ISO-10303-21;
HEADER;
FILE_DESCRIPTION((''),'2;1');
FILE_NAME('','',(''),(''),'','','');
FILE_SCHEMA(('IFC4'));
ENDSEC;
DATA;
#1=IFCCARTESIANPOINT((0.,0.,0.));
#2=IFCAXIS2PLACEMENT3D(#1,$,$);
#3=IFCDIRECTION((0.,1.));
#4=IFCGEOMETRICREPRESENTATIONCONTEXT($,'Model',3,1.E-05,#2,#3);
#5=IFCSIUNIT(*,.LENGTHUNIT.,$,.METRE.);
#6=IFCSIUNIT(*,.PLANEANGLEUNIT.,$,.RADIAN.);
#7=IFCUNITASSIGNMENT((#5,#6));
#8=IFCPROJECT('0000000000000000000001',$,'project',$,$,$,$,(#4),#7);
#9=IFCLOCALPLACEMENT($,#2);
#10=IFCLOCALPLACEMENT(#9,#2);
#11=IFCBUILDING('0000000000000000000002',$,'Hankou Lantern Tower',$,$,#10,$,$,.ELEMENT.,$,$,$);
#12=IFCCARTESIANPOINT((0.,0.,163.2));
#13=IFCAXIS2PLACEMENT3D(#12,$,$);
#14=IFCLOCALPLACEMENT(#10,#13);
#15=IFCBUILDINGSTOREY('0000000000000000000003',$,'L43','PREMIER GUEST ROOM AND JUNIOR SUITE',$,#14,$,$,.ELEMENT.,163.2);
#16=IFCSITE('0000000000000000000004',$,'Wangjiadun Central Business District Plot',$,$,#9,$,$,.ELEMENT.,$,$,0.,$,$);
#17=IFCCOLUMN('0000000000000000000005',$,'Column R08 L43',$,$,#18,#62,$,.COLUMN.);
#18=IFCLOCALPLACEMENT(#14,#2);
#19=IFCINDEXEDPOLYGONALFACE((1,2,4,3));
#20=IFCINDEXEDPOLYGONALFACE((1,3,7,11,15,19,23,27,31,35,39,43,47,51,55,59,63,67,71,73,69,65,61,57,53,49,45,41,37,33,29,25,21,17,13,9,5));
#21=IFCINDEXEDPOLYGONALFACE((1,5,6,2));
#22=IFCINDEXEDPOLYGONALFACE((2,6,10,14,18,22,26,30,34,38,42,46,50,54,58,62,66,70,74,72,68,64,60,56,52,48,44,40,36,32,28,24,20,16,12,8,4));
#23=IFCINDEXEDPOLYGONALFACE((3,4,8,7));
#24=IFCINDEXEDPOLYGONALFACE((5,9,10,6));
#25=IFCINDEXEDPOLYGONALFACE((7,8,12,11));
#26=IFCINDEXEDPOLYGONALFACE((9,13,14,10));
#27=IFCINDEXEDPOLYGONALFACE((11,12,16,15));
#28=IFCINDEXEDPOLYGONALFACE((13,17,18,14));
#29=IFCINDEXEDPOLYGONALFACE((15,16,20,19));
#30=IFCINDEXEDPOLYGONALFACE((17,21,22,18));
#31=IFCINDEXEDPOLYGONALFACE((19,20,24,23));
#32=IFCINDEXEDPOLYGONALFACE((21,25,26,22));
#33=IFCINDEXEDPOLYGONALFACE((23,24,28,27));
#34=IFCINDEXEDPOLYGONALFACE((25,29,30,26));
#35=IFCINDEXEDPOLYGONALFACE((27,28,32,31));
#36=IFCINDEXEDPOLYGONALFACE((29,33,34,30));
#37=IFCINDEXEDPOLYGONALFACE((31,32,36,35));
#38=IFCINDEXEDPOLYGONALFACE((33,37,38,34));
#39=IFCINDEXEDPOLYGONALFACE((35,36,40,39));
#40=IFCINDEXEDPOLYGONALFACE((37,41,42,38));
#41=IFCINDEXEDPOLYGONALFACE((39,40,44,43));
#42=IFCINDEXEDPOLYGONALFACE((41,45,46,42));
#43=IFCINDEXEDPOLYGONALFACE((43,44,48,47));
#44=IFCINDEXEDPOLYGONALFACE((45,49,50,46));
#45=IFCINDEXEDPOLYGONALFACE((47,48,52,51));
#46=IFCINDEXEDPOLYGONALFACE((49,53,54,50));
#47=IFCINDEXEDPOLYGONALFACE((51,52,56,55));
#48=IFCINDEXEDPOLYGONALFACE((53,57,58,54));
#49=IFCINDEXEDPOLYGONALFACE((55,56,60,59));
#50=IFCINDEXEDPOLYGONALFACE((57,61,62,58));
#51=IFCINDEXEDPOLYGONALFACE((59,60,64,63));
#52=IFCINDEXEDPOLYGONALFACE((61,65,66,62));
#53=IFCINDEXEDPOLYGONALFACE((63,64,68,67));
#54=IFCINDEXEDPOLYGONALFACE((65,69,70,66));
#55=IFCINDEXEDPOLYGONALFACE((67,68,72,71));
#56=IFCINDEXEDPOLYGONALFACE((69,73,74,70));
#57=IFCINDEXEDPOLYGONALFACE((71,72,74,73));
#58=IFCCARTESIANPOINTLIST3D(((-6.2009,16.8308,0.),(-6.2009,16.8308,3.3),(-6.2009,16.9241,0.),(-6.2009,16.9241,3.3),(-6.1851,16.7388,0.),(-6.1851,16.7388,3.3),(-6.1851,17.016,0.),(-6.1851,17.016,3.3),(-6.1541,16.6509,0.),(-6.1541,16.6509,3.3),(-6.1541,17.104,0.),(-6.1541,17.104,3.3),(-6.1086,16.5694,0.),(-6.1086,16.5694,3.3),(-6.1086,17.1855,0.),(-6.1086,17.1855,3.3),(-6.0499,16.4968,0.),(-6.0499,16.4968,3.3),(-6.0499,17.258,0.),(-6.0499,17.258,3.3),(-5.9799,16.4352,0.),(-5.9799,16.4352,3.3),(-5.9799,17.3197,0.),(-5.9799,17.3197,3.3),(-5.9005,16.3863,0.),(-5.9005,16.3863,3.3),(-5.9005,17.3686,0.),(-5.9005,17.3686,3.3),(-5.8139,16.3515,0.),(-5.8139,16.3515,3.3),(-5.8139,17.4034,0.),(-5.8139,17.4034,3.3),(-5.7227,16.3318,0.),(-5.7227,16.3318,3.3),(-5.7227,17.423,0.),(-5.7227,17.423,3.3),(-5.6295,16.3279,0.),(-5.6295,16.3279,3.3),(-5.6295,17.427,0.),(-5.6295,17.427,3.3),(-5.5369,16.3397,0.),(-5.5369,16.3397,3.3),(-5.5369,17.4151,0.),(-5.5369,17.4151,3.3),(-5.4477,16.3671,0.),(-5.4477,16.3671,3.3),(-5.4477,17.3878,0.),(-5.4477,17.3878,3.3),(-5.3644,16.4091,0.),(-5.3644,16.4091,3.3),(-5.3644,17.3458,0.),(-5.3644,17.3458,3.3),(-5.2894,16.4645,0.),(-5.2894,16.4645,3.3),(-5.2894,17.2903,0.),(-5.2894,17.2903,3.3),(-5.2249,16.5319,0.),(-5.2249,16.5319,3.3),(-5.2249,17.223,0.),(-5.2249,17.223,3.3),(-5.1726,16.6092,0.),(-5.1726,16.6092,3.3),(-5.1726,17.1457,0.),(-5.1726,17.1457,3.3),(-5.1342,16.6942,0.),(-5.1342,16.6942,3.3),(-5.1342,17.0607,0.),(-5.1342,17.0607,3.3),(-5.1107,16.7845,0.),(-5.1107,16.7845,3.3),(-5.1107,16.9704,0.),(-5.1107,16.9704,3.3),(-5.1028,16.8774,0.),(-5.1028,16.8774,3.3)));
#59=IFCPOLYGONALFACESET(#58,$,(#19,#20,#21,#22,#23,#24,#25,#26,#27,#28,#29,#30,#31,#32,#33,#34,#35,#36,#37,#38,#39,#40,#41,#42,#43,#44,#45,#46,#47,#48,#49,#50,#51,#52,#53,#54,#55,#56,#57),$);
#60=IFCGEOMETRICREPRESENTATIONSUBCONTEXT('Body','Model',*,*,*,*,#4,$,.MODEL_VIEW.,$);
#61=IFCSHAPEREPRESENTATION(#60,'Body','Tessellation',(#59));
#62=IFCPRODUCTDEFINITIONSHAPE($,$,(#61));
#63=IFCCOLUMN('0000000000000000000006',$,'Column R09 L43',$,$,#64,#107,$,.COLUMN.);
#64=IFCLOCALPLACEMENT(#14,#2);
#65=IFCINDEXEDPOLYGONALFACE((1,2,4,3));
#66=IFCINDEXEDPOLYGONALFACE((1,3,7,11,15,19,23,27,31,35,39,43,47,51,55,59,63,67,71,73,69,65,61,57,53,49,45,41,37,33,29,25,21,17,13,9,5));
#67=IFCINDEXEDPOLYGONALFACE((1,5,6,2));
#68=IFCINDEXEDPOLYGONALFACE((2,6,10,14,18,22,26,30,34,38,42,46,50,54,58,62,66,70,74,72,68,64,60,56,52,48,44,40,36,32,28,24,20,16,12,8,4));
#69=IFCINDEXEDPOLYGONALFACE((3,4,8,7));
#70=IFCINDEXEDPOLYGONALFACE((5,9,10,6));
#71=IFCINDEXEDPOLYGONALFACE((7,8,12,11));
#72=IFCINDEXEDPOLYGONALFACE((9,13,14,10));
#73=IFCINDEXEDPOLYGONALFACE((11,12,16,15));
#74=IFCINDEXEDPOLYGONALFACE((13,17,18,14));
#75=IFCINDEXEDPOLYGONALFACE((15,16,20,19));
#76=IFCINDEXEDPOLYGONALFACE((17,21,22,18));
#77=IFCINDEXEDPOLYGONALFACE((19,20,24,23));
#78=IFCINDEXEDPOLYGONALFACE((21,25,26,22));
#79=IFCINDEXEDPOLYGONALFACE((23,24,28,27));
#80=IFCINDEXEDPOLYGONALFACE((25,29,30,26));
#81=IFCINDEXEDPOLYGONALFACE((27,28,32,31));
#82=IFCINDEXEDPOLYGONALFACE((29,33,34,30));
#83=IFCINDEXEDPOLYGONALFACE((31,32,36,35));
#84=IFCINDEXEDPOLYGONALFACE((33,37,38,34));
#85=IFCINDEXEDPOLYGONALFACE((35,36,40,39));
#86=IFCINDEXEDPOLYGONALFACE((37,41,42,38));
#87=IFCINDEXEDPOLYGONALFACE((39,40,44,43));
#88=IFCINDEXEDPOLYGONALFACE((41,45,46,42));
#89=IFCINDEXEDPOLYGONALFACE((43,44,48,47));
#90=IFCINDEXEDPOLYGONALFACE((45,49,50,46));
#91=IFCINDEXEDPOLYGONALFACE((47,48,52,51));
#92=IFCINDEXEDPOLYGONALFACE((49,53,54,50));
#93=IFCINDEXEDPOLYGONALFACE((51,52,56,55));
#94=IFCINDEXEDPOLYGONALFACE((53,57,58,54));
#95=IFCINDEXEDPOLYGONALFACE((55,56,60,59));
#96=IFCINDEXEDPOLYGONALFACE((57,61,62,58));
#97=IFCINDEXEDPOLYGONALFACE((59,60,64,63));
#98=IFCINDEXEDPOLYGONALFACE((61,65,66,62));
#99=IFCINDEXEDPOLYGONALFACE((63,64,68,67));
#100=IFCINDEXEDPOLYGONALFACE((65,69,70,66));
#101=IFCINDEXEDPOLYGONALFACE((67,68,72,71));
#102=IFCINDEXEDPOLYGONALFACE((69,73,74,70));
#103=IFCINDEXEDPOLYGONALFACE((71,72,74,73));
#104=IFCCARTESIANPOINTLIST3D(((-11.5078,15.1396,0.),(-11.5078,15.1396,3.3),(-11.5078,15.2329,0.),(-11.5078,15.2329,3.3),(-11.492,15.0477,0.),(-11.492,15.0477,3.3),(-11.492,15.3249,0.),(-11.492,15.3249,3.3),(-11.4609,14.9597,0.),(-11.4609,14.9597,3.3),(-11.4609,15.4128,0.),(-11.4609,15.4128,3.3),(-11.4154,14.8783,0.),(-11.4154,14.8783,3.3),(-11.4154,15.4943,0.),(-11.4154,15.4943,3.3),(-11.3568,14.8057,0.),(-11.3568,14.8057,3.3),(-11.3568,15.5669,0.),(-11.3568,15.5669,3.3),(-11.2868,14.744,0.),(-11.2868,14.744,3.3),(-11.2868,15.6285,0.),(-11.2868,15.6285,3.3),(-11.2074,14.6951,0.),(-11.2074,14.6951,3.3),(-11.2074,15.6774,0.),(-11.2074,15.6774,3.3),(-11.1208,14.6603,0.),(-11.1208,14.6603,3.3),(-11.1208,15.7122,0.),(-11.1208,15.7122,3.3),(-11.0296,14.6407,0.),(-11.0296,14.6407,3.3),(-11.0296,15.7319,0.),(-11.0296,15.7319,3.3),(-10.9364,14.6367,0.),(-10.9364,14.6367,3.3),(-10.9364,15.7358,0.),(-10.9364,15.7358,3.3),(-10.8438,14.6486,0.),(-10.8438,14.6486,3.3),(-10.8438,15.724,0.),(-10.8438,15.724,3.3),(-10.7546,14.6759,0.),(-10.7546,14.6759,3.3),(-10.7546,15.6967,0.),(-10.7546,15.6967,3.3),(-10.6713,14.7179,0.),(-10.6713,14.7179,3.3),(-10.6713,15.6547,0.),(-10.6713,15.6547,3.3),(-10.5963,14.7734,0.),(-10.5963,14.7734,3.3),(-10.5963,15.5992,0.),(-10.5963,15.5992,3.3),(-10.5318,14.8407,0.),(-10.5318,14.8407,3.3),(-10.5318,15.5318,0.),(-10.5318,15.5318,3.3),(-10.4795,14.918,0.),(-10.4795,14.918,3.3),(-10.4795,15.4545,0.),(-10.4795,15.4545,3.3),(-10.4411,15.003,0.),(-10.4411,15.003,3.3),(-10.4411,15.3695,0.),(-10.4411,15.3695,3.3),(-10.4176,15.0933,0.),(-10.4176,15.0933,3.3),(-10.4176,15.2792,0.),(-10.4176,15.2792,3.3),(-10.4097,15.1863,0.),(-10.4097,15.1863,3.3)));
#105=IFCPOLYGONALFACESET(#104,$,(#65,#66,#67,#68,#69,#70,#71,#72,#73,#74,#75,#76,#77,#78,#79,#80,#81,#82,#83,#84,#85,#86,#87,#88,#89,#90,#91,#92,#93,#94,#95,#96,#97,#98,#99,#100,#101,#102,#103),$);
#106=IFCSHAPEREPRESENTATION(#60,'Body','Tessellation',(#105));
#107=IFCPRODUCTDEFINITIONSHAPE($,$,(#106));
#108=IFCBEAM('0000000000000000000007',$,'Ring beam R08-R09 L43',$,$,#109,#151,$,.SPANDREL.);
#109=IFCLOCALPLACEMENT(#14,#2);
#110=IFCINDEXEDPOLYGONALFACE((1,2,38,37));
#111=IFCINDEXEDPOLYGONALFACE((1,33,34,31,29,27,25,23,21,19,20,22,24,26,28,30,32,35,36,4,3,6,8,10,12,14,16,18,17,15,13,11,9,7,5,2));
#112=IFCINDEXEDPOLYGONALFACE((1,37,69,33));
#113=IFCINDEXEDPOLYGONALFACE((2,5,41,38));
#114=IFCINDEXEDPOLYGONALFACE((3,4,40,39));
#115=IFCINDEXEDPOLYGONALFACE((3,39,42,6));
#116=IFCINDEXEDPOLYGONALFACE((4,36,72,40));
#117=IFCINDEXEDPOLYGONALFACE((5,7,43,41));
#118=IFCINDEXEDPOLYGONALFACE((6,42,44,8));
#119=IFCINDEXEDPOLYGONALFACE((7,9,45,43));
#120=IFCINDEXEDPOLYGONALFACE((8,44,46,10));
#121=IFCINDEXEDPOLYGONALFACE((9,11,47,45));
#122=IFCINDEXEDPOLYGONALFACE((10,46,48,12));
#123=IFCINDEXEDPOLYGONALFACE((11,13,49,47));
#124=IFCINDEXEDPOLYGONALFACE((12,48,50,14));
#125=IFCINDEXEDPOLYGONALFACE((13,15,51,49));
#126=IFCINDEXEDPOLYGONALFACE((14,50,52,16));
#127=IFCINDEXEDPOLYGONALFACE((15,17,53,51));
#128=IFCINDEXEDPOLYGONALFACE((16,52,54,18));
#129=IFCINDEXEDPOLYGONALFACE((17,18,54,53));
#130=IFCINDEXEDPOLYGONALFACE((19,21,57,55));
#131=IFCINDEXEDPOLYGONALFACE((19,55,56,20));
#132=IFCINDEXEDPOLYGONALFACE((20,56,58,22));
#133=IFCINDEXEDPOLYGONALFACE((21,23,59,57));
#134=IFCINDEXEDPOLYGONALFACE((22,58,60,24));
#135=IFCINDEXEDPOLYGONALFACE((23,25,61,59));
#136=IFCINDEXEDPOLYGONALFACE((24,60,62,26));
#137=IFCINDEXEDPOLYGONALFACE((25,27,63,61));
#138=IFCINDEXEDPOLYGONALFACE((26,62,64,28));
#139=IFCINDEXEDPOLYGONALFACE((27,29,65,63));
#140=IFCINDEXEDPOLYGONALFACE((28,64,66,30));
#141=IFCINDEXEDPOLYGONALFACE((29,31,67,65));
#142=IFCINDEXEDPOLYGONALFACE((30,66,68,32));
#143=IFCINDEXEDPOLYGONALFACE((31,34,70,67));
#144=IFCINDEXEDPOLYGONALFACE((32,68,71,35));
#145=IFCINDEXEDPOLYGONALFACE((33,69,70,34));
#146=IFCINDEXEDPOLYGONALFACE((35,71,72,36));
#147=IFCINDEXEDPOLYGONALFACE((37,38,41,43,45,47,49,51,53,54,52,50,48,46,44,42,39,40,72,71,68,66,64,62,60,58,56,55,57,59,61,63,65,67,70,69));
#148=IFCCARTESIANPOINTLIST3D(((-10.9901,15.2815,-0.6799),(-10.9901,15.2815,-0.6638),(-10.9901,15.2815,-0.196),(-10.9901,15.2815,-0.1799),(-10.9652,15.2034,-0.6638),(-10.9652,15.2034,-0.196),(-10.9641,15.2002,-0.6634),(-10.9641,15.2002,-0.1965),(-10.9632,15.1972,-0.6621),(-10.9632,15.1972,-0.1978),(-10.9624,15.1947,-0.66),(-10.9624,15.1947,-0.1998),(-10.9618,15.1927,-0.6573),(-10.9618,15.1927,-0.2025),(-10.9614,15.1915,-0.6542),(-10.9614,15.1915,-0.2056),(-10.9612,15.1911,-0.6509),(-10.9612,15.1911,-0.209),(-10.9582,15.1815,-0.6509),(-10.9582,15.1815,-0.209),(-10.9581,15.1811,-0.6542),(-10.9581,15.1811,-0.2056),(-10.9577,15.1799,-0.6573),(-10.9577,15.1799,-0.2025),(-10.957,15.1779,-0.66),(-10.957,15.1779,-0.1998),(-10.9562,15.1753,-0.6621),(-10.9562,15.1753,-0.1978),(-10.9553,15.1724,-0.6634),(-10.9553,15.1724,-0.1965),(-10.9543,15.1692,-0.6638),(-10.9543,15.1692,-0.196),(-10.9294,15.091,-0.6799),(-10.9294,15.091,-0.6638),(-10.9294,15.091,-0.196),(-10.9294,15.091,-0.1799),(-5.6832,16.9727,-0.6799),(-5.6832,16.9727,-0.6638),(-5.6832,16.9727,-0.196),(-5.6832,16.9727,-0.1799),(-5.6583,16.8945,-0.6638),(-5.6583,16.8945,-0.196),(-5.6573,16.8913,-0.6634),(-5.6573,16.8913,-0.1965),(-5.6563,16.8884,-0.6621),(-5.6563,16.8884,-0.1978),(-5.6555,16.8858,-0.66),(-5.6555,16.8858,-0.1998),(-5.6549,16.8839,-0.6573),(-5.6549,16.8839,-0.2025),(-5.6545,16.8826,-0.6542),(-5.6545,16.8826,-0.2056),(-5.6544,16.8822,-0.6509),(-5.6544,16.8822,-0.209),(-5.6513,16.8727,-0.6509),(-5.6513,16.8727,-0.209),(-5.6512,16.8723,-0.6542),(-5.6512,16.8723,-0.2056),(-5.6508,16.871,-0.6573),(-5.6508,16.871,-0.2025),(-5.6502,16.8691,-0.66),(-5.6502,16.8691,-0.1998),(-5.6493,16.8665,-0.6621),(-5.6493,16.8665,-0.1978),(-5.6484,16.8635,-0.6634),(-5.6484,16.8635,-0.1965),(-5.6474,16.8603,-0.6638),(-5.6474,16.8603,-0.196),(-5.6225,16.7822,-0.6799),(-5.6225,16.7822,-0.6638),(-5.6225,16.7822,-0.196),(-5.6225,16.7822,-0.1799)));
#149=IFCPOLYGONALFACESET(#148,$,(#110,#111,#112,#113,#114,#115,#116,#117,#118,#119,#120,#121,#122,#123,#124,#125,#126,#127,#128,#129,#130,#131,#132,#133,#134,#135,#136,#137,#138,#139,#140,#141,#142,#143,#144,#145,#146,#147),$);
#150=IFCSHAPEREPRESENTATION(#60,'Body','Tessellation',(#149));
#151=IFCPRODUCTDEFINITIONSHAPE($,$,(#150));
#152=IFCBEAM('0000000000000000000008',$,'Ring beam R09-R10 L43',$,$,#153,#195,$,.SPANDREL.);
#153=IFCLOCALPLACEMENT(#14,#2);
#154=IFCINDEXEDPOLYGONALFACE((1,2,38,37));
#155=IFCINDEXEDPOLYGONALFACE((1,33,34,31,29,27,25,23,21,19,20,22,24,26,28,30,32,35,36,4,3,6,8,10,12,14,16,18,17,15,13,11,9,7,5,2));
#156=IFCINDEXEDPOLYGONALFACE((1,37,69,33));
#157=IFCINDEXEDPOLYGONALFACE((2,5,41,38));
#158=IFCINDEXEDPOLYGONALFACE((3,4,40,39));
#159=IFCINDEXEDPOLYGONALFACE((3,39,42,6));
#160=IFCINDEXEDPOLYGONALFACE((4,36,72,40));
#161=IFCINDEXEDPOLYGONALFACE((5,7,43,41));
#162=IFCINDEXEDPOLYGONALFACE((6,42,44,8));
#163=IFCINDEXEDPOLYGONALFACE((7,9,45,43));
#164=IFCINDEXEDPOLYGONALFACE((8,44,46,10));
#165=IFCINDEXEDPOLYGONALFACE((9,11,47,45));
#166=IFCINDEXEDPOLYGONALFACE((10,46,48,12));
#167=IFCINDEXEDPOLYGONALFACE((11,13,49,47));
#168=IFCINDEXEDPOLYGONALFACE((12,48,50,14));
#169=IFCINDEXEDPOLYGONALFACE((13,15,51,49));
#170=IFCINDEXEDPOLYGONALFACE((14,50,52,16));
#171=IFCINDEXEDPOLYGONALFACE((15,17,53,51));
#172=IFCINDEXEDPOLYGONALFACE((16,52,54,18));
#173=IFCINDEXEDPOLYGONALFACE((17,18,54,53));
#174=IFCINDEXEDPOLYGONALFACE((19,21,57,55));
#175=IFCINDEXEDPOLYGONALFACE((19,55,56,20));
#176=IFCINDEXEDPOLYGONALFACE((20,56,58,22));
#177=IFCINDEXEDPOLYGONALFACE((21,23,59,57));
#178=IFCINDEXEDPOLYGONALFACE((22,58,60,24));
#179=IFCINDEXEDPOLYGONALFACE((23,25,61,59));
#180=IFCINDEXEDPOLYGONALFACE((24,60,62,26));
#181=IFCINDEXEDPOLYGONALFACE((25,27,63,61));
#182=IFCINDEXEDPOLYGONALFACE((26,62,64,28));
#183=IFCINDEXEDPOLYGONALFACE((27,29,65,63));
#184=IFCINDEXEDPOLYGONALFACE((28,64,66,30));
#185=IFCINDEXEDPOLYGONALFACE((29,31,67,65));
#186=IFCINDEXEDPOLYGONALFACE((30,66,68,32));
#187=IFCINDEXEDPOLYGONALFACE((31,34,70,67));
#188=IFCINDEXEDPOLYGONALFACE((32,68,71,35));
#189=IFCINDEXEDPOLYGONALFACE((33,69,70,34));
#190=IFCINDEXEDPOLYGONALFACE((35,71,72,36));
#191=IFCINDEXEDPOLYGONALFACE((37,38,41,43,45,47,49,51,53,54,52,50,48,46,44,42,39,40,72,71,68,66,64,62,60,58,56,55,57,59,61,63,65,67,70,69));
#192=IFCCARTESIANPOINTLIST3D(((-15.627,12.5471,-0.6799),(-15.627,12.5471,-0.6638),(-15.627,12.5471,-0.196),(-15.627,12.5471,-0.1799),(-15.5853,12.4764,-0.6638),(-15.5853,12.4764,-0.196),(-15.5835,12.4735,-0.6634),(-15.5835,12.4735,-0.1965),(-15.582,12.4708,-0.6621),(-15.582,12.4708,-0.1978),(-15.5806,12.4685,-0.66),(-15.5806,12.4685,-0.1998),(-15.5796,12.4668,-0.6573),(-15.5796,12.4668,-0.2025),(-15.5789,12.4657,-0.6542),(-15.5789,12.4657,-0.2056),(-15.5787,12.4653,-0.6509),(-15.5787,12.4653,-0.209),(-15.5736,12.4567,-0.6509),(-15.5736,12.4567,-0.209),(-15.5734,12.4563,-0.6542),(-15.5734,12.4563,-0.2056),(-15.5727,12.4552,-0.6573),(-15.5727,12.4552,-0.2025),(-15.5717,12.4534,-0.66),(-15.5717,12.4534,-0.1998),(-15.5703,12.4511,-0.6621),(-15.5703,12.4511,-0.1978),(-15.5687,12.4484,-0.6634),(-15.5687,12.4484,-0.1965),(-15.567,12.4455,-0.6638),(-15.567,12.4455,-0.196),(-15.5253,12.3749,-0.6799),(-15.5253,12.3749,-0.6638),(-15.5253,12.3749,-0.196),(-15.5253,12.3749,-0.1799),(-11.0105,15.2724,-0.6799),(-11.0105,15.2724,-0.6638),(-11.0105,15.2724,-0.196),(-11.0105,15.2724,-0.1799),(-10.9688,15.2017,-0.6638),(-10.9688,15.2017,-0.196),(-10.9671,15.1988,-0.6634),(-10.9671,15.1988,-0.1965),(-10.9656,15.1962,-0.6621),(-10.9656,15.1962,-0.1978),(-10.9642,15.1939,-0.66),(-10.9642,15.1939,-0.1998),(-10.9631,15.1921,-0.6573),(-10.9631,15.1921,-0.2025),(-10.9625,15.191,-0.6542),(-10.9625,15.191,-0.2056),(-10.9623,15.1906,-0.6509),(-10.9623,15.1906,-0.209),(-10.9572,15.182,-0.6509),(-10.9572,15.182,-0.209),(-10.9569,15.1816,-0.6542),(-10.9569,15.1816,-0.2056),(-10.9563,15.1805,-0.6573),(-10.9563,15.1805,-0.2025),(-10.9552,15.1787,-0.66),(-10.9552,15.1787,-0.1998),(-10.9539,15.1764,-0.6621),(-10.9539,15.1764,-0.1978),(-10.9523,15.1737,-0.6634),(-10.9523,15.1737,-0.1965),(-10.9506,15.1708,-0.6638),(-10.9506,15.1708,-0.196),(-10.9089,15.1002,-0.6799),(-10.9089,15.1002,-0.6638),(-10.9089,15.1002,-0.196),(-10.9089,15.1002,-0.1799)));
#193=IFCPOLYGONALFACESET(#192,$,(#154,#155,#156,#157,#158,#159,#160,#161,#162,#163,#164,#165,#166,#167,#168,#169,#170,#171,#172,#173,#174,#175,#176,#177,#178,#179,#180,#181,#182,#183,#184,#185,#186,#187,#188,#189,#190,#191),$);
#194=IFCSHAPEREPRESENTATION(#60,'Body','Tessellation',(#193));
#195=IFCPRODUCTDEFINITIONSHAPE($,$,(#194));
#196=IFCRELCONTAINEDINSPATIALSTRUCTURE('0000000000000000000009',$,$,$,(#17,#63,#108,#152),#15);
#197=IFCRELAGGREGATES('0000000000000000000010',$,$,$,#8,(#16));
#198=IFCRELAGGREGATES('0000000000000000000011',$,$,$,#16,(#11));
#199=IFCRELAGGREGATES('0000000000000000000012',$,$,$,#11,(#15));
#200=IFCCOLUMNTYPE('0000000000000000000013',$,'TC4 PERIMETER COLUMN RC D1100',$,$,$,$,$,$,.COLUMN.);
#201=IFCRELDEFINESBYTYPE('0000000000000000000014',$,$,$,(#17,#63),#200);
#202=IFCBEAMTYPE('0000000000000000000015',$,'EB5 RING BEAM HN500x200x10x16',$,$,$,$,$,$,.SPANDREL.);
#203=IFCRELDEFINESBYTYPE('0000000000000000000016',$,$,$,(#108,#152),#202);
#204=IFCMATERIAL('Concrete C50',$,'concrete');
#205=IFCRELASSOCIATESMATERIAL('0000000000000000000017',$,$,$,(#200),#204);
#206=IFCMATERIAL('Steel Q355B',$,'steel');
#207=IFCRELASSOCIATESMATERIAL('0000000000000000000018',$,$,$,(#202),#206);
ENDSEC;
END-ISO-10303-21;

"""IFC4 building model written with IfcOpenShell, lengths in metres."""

from ifc_helpers import new_model, si_unit, direction, frame, origin, origin_2d, place, context, subcontext, project, spatial, circle, i_section, extrude, material, material_profile, profile_set, type_object, element, save


model = new_model("IFC4")

# Units and contexts
model_context = context("Model", 3, precision=1e-05, world=origin(), true_north=direction((0.0, 1.0)))
body_context = subcontext(model_context, "Body", "Model", "MODEL_VIEW")
ifc_project = project(units=[si_unit("LENGTHUNIT", "METRE"), si_unit("PLANEANGLEUNIT", "RADIAN")], contexts=[model_context])

# Site, building, storey
site_placement = place(None, origin())
site = spatial("IfcSite", under=ifc_project, at=site_placement, Name="Wangjiadun Central Business District Plot", CompositionType="ELEMENT", RefElevation=0.0)
building_placement = place(site_placement, origin())
building = spatial("IfcBuilding", under=site, at=building_placement, Name="Hankou Lantern Tower", CompositionType="ELEMENT")
storey_placement = place(building_placement, frame((0.0, 0.0, 163.2)))
storey = spatial("IfcBuildingStorey", under=building, at=storey_placement, Name="L43", Description="PREMIER GUEST ROOM AND JUNIOR SUITE", CompositionType="ELEMENT", Elevation=163.2)

# Columns
ifc_material_1 = material(Name="Concrete C50", Category="concrete")
ifc_material_profile_1 = material_profile(ifc_material_1, circle(Radius=0.55, at=origin_2d()), Name="RC D1100")
ifc_profile_set_1 = profile_set([ifc_material_profile_1], Name="Concrete C50")
column_type = type_object("IfcColumnType", Name="TC4 PERIMETER COLUMN RC D1100", PredefinedType="COLUMN", material=ifc_profile_set_1)
for number, where, z_axis, x_axis, name in (
    (1, (-5.6528, 16.8774, 0.0), (0.0, 0.0, 1.0), (1.0, 0.0, 0.0), "Column R08 L43"),
    (2, (-10.9597, 15.1863, 0.0), (0.0, 0.0, 1.0), (1.0, 0.0, 0.0), "Column R09 L43"),
):
    element("IfcColumn", number, at=place(storey_placement, frame(where, z_axis=z_axis, x_axis=x_axis)), inside=storey, type_object=column_type, Name=name, PredefinedType="COLUMN", context=body_context, shape_type="SweptSolid", body=[
        extrude(circle(Radius=0.55, at=origin_2d()), origin(), (0.0, 0.0, 1.0), 3.3),
    ])

# Beams
ifc_material_2 = material(Name="Steel Q355B", Category="steel")
ifc_material_profile_2 = material_profile(ifc_material_2, i_section(OverallWidth=0.2, OverallDepth=0.5, WebThickness=0.01, FlangeThickness=0.0161, FilletRadius=0.0129, at=origin_2d()), Name="HN500x200x10x16")
ifc_profile_set_2 = profile_set([ifc_material_profile_2], Name="Steel Q355B")
beam_type_1 = type_object("IfcBeamType", Name="EB5 RING BEAM HN500x200x10x16", PredefinedType="SPANDREL", material=ifc_profile_set_2)
beam_1_placement = place(storey_placement, frame((-5.6528, 16.8774, -0.4299), z_axis=(-0.95279, -0.303629, 0.0), x_axis=(0.303629, -0.95279, 0.0)))
element("IfcBeam", 3, at=beam_1_placement, inside=storey, type_object=beam_type_1, Name="Ring beam R08-R09 L43", PredefinedType="SPANDREL", context=body_context, shape_type="SweptSolid", body=[
    extrude(i_section(OverallWidth=0.2, OverallDepth=0.5, WebThickness=0.01, FlangeThickness=0.0161, FilletRadius=0.0129, at=origin_2d()), origin(), (0.0, 0.0, 1.0), 5.5698),
])
beam_2_placement = place(storey_placement, frame((-10.9597, 15.1863, -0.4299), z_axis=(-0.861136, -0.508375, 0.0), x_axis=(0.508375, -0.861136, 0.0)))
element("IfcBeam", 4, at=beam_2_placement, inside=storey, type_object=beam_type_1, Name="Ring beam R09-R10 L43", PredefinedType="SPANDREL", context=body_context, shape_type="SweptSolid", body=[
    extrude(i_section(OverallWidth=0.2, OverallDepth=0.5, WebThickness=0.01, FlangeThickness=0.0161, FilletRadius=0.0129, at=origin_2d()), origin(), (0.0, 0.0, 1.0), 5.3608),
])

save(model, "model.ifc")
